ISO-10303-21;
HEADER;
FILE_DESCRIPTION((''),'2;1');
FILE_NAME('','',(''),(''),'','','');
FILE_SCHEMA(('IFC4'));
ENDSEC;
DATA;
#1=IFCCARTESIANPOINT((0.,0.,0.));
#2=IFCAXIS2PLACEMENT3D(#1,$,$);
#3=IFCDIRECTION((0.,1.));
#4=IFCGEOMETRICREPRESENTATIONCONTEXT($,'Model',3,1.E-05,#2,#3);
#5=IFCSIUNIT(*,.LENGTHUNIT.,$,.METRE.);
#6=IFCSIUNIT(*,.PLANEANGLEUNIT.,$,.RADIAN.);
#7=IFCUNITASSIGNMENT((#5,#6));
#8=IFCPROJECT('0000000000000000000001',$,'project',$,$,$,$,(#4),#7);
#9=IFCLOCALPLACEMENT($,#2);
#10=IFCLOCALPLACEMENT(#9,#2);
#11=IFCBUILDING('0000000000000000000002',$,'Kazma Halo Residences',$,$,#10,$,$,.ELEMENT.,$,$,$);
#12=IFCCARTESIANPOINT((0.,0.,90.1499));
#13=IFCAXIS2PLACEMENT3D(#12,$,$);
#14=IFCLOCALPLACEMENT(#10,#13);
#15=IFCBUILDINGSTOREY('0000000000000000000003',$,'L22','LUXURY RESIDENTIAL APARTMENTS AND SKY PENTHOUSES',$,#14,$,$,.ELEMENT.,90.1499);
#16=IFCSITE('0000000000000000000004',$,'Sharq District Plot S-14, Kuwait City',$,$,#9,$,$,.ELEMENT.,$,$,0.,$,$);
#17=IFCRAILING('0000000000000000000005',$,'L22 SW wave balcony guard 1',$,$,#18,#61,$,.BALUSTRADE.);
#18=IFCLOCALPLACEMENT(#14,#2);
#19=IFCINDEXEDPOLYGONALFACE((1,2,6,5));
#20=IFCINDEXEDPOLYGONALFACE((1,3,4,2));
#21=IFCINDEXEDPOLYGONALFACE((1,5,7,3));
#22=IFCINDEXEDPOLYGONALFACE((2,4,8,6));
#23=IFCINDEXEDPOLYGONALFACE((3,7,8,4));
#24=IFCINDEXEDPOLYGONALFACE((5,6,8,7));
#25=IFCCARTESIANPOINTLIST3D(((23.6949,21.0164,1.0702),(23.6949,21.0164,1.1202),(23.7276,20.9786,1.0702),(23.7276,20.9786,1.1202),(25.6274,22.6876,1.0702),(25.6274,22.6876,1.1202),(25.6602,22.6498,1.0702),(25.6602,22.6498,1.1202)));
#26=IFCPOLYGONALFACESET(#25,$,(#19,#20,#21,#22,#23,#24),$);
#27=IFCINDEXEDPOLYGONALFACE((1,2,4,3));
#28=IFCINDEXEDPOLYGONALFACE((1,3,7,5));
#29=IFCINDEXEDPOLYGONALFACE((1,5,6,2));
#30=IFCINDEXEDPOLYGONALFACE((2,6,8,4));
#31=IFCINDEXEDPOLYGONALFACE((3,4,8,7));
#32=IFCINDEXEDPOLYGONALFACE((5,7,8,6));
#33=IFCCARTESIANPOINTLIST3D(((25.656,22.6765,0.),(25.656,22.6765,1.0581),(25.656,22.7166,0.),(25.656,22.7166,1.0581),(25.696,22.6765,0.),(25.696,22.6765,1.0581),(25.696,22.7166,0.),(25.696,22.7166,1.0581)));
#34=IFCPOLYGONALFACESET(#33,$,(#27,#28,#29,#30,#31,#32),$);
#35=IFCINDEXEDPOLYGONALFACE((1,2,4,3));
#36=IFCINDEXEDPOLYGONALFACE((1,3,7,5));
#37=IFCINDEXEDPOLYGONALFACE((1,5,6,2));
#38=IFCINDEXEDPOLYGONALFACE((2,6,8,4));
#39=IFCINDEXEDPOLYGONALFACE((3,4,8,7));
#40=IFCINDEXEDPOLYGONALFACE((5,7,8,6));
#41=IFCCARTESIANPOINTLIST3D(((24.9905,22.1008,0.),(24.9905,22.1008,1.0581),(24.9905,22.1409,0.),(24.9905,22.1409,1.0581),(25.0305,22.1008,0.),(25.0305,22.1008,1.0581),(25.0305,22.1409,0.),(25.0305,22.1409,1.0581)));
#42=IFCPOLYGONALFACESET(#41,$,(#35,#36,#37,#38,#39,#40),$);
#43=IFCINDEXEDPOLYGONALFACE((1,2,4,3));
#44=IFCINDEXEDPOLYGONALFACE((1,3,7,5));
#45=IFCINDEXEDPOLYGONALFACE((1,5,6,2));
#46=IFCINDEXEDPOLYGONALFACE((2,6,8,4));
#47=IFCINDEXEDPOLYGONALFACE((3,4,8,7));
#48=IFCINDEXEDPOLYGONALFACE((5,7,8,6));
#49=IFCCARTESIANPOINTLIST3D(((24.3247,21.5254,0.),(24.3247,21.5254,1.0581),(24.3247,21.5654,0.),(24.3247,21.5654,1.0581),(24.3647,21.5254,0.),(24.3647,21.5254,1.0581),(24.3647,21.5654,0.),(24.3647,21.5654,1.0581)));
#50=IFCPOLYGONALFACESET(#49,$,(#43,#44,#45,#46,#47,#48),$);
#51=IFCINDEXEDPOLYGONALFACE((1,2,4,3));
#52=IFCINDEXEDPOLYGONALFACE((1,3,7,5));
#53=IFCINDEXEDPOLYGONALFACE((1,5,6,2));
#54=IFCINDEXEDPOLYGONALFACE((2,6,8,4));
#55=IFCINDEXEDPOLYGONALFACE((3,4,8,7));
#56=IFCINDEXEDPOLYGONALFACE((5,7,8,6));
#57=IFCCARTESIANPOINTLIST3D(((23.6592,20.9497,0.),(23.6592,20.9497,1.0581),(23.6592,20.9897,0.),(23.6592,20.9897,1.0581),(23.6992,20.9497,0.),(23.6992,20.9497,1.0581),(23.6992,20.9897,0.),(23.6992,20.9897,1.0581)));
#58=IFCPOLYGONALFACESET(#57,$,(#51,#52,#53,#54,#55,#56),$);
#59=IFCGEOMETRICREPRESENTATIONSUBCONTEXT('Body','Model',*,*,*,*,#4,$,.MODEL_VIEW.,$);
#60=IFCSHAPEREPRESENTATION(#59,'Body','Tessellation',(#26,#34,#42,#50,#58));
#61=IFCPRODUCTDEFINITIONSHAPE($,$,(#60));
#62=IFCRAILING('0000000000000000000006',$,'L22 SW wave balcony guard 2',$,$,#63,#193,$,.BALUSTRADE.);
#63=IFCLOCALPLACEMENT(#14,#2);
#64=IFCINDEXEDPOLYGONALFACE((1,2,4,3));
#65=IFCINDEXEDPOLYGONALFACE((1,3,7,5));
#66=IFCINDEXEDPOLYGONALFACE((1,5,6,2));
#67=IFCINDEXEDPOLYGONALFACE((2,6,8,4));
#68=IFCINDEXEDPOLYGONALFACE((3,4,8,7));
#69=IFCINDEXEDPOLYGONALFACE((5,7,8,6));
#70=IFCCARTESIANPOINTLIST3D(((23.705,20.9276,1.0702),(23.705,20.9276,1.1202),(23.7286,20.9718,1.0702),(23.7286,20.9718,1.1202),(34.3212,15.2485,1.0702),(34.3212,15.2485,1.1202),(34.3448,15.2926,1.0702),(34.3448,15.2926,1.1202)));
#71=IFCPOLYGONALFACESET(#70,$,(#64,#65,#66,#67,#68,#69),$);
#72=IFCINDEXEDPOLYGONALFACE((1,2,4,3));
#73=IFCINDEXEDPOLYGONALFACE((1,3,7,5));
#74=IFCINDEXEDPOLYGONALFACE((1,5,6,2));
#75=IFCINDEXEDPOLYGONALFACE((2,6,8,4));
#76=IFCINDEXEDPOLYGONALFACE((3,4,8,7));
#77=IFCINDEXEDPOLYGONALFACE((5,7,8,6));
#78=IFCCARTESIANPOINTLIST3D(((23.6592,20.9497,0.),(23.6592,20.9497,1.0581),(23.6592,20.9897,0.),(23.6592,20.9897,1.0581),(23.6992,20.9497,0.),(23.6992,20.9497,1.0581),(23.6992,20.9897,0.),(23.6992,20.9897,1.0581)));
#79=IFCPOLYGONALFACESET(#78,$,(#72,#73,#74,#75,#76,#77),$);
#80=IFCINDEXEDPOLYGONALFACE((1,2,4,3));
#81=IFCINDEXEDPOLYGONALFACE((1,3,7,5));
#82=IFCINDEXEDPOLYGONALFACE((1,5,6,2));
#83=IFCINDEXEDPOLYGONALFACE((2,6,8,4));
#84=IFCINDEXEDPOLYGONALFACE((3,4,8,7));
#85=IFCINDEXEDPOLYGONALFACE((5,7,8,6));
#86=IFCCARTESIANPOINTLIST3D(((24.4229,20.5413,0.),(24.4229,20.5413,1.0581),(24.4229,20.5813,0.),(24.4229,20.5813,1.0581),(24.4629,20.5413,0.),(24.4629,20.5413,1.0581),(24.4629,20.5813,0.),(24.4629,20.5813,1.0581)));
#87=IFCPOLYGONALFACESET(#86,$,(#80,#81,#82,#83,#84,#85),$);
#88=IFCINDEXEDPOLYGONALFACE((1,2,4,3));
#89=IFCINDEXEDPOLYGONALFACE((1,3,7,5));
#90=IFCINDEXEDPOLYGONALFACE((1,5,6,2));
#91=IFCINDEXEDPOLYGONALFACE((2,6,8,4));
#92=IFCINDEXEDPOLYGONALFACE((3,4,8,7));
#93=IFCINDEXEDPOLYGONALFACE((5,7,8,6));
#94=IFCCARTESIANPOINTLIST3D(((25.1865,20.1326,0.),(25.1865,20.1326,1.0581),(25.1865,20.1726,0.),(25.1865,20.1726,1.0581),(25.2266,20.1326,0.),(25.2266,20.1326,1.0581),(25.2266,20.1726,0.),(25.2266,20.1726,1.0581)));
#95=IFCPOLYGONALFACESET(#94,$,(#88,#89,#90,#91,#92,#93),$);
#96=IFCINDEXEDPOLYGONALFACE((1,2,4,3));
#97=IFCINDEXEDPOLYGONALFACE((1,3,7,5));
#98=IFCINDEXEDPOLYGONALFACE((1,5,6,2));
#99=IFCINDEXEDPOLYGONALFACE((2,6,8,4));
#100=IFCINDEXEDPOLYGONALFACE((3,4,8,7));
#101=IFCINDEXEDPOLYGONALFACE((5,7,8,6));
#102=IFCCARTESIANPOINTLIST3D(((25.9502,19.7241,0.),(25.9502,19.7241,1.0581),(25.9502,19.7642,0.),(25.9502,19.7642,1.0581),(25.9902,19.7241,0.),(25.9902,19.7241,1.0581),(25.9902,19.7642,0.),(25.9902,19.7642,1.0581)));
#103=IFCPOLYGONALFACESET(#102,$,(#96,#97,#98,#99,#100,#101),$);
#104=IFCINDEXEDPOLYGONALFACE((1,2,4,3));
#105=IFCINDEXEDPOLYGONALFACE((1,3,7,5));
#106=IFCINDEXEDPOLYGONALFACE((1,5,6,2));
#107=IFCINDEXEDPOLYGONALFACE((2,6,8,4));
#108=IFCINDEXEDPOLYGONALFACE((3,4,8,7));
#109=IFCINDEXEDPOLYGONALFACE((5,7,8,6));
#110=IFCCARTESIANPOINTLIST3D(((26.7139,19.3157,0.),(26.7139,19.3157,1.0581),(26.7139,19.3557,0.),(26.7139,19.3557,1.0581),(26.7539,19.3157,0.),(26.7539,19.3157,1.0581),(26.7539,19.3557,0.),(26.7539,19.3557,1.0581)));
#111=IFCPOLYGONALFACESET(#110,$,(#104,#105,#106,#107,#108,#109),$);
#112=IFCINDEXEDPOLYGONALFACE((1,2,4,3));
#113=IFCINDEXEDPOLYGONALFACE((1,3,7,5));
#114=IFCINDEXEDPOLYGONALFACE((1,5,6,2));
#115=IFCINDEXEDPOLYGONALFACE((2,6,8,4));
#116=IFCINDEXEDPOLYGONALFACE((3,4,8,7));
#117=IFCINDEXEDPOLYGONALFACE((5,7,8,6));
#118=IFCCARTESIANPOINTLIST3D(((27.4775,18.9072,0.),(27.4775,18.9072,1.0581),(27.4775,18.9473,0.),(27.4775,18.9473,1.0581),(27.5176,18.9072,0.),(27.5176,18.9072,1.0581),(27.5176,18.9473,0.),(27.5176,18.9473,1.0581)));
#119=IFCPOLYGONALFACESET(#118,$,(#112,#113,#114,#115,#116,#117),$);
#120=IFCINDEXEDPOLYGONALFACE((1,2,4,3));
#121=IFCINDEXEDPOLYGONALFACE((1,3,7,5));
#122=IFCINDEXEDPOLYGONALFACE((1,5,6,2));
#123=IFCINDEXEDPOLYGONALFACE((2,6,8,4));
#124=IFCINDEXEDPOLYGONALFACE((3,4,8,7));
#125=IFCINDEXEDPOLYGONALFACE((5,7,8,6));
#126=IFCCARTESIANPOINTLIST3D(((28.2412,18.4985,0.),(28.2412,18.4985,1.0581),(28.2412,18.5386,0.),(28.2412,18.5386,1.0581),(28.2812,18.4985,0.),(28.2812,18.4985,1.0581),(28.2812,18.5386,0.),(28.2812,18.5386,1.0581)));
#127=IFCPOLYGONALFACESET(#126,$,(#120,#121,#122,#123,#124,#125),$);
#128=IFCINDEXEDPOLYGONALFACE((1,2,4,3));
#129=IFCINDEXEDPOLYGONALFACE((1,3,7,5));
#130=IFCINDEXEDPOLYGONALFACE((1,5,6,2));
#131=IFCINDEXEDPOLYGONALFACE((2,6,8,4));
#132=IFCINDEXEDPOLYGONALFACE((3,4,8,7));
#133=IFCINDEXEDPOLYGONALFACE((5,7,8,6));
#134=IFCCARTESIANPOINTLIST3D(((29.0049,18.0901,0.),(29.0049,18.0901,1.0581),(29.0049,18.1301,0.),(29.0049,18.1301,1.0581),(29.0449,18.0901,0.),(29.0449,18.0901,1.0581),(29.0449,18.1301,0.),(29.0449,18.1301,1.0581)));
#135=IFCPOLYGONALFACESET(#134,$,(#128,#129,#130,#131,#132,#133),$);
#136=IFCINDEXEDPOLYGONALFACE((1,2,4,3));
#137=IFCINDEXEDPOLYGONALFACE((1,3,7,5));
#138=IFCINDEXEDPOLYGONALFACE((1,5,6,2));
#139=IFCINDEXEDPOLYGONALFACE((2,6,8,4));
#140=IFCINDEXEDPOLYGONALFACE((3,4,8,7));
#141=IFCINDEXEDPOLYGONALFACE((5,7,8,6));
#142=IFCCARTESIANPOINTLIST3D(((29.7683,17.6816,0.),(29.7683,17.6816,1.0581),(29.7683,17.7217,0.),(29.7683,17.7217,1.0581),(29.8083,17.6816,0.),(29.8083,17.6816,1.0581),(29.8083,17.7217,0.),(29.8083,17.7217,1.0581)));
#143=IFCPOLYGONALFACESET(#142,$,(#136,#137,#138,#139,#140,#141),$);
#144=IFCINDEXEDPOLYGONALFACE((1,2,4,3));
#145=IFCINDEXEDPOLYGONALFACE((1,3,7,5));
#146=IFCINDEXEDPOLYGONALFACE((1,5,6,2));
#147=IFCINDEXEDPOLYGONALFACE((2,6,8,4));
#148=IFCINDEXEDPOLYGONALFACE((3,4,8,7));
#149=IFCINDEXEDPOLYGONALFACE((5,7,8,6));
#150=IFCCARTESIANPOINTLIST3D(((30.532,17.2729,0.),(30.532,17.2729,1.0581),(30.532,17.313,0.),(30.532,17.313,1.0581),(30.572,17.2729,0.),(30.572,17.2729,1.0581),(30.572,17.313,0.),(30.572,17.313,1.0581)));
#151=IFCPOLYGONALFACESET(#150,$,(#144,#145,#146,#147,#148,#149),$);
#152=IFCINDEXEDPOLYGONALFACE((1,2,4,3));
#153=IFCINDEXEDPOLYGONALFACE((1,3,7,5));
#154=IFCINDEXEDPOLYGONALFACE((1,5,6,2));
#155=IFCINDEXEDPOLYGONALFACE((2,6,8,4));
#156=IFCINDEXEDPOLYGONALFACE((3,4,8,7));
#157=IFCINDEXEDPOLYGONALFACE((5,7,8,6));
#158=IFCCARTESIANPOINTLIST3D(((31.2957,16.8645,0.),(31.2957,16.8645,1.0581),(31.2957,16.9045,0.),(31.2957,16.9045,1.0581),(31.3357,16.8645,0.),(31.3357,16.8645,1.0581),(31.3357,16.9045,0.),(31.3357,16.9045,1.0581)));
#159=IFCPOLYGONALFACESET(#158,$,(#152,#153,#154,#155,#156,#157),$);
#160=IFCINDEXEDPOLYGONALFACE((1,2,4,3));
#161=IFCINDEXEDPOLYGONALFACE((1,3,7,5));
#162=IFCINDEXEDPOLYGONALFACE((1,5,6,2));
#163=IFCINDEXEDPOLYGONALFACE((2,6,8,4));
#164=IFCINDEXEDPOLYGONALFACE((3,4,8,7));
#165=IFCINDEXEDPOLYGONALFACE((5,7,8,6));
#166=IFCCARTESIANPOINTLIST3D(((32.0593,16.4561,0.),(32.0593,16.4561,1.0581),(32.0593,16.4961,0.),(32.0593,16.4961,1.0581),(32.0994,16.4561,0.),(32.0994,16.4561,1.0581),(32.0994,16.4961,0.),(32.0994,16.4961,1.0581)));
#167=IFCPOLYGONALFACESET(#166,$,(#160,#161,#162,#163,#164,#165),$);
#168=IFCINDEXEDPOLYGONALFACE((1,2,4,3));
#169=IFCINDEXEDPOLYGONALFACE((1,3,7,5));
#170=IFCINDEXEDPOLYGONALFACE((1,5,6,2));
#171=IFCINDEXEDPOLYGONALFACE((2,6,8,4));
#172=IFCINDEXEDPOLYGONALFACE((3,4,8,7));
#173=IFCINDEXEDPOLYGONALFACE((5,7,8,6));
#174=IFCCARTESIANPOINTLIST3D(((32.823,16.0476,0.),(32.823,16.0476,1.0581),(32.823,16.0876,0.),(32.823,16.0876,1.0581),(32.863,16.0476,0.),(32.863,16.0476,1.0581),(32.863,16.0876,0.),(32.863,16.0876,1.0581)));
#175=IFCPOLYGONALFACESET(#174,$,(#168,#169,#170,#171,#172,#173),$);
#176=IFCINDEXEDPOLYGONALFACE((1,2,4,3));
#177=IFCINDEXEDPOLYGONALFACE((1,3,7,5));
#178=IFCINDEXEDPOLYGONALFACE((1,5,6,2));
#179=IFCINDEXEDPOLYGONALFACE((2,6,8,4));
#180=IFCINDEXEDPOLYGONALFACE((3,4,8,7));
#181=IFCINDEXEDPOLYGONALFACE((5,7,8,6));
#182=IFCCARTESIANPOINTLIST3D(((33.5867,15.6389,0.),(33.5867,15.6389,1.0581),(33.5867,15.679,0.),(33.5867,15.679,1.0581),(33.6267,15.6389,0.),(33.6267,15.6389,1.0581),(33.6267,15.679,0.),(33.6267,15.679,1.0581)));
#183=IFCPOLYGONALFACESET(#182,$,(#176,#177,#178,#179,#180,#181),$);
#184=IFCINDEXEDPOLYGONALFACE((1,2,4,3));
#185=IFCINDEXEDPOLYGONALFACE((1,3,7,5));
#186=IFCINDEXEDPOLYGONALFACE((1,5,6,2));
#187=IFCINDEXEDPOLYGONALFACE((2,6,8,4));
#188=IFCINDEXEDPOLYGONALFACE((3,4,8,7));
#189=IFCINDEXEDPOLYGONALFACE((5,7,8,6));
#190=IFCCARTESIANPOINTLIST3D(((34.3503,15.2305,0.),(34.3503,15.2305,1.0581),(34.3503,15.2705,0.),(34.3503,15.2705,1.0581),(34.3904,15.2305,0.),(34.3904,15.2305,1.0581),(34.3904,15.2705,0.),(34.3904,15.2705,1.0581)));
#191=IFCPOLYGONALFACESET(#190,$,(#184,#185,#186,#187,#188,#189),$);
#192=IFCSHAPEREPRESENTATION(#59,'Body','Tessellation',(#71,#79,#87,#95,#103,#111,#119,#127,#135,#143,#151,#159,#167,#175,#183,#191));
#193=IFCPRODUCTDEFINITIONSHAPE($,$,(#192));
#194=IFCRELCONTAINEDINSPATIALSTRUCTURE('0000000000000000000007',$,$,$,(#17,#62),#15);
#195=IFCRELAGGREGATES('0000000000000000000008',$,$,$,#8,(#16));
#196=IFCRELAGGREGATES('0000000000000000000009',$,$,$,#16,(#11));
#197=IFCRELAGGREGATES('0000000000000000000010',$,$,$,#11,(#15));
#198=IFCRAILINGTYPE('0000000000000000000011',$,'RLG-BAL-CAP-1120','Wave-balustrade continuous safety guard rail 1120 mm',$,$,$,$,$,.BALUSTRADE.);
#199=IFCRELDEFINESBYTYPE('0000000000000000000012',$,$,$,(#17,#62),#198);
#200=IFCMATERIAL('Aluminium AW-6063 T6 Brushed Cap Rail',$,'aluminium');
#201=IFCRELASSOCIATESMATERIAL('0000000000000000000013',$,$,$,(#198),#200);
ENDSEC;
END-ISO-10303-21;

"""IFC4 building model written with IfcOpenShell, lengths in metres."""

from ifc_helpers import new_model, si_unit, direction, frame, origin, origin_2d, place, context, subcontext, project, spatial, rectangle, extrude, material, type_object, element, save


model = new_model("IFC4")

# Units and contexts
model_context = context("Model", 3, precision=1e-05, world=origin(), true_north=direction((0.0, 1.0)))
body_context = subcontext(model_context, "Body", "Model", "MODEL_VIEW")
ifc_project = project(units=[si_unit("LENGTHUNIT", "METRE"), si_unit("PLANEANGLEUNIT", "RADIAN")], contexts=[model_context])

# Site, building, storey
site_placement = place(None, origin())
site = spatial("IfcSite", under=ifc_project, at=site_placement, Name="Sharq District Plot S-14, Kuwait City", CompositionType="ELEMENT", RefElevation=0.0)
building_placement = place(site_placement, origin())
building = spatial("IfcBuilding", under=site, at=building_placement, Name="Kazma Halo Residences", CompositionType="ELEMENT")
storey_placement = place(building_placement, frame((0.0, 0.0, 90.1499)))
storey = spatial("IfcBuildingStorey", under=building, at=storey_placement, Name="L22", Description="LUXURY RESIDENTIAL APARTMENTS AND SKY PENTHOUSES", CompositionType="ELEMENT", Elevation=90.1499)

# Railings
ifc_material_1 = material(Name="Aluminium AW-6063 T6 Brushed Cap Rail", Category="aluminium")
railing_type = type_object("IfcRailingType", Name="RLG-BAL-CAP-1120", Description="Wave-balustrade continuous safety guard rail 1120 mm", PredefinedType="BALUSTRADE", material=ifc_material_1)
railing_1_placement = place(storey_placement, frame((25.676, 22.6965, 0.0)))
element("IfcRailing", 1, at=railing_1_placement, inside=storey, type_object=railing_type, Name="L22 SW wave balcony guard 1", PredefinedType="BALUSTRADE", context=body_context, shape_type="SweptSolid", body=[
    extrude(rectangle(XDim=0.05, YDim=0.05, at=origin_2d()), frame((-0.0322, -0.0278, 1.0952), z_axis=(-0.756397, -0.654113, 0.0), x_axis=(0.654113, -0.756397, 0.0)), (0.0, 0.0, 1.0), 2.5549),
    extrude(rectangle(XDim=0.04, YDim=0.04, at=origin_2d()), origin(), (0.0, 0.0, 1.0), 1.0581),
    extrude(rectangle(XDim=0.04, YDim=0.04, at=origin_2d()), frame((-0.6655, -0.5757, 0.0)), (0.0, 0.0, 1.0), 1.0581),
    extrude(rectangle(XDim=0.04, YDim=0.04, at=origin_2d()), frame((-1.3313, -1.1511, 0.0)), (0.0, 0.0, 1.0), 1.0581),
    extrude(rectangle(XDim=0.04, YDim=0.04, at=origin_2d()), frame((-1.9968, -1.7268, 0.0)), (0.0, 0.0, 1.0), 1.0581),
])
railing_2_placement = place(storey_placement, frame((23.6792, 20.9697, 0.0)))
element("IfcRailing", 2, at=railing_2_placement, inside=storey, type_object=railing_type, Name="L22 SW wave balcony guard 2", PredefinedType="BALUSTRADE", context=body_context, shape_type="SweptSolid", body=[
    extrude(rectangle(XDim=0.05, YDim=0.05, at=origin_2d()), frame((0.0376, -0.02, 1.0952), z_axis=(0.88176, -0.471698, 0.0), x_axis=(0.471698, 0.88176, 0.0)), (0.0, 0.0, 1.0), 12.0398),
    extrude(rectangle(XDim=0.04, YDim=0.04, at=origin_2d()), origin(), (0.0, 0.0, 1.0), 1.0581),
    extrude(rectangle(XDim=0.04, YDim=0.04, at=origin_2d()), frame((0.7637, -0.4084, 0.0)), (0.0, 0.0, 1.0), 1.0581),
    extrude(rectangle(XDim=0.04, YDim=0.04, at=origin_2d()), frame((1.5273, -0.8171, 0.0)), (0.0, 0.0, 1.0), 1.0581),
    extrude(rectangle(XDim=0.04, YDim=0.04, at=origin_2d()), frame((2.291, -1.2256, 0.0)), (0.0, 0.0, 1.0), 1.0581),
    extrude(rectangle(XDim=0.04, YDim=0.04, at=origin_2d()), frame((3.0547, -1.634, 0.0)), (0.0, 0.0, 1.0), 1.0581),
    extrude(rectangle(XDim=0.04, YDim=0.04, at=origin_2d()), frame((3.8184, -2.0425, 0.0)), (0.0, 0.0, 1.0), 1.0581),
    extrude(rectangle(XDim=0.04, YDim=0.04, at=origin_2d()), frame((4.582, -2.4512, 0.0)), (0.0, 0.0, 1.0), 1.0581),
    extrude(rectangle(XDim=0.04, YDim=0.04, at=origin_2d()), frame((5.3457, -2.8596, 0.0)), (0.0, 0.0, 1.0), 1.0581),
    extrude(rectangle(XDim=0.04, YDim=0.04, at=origin_2d()), frame((6.1091, -3.2681, 0.0)), (0.0, 0.0, 1.0), 1.0581),
    extrude(rectangle(XDim=0.04, YDim=0.04, at=origin_2d()), frame((6.8728, -3.6768, 0.0)), (0.0, 0.0, 1.0), 1.0581),
    extrude(rectangle(XDim=0.04, YDim=0.04, at=origin_2d()), frame((7.6365, -4.0852, 0.0)), (0.0, 0.0, 1.0), 1.0581),
    extrude(rectangle(XDim=0.04, YDim=0.04, at=origin_2d()), frame((8.4001, -4.4937, 0.0)), (0.0, 0.0, 1.0), 1.0581),
    extrude(rectangle(XDim=0.04, YDim=0.04, at=origin_2d()), frame((9.1638, -4.9021, 0.0)), (0.0, 0.0, 1.0), 1.0581),
    extrude(rectangle(XDim=0.04, YDim=0.04, at=origin_2d()), frame((9.9275, -5.3108, 0.0)), (0.0, 0.0, 1.0), 1.0581),
    extrude(rectangle(XDim=0.04, YDim=0.04, at=origin_2d()), frame((10.6912, -5.7192, 0.0)), (0.0, 0.0, 1.0), 1.0581),
])

save(model, "model.ifc")
